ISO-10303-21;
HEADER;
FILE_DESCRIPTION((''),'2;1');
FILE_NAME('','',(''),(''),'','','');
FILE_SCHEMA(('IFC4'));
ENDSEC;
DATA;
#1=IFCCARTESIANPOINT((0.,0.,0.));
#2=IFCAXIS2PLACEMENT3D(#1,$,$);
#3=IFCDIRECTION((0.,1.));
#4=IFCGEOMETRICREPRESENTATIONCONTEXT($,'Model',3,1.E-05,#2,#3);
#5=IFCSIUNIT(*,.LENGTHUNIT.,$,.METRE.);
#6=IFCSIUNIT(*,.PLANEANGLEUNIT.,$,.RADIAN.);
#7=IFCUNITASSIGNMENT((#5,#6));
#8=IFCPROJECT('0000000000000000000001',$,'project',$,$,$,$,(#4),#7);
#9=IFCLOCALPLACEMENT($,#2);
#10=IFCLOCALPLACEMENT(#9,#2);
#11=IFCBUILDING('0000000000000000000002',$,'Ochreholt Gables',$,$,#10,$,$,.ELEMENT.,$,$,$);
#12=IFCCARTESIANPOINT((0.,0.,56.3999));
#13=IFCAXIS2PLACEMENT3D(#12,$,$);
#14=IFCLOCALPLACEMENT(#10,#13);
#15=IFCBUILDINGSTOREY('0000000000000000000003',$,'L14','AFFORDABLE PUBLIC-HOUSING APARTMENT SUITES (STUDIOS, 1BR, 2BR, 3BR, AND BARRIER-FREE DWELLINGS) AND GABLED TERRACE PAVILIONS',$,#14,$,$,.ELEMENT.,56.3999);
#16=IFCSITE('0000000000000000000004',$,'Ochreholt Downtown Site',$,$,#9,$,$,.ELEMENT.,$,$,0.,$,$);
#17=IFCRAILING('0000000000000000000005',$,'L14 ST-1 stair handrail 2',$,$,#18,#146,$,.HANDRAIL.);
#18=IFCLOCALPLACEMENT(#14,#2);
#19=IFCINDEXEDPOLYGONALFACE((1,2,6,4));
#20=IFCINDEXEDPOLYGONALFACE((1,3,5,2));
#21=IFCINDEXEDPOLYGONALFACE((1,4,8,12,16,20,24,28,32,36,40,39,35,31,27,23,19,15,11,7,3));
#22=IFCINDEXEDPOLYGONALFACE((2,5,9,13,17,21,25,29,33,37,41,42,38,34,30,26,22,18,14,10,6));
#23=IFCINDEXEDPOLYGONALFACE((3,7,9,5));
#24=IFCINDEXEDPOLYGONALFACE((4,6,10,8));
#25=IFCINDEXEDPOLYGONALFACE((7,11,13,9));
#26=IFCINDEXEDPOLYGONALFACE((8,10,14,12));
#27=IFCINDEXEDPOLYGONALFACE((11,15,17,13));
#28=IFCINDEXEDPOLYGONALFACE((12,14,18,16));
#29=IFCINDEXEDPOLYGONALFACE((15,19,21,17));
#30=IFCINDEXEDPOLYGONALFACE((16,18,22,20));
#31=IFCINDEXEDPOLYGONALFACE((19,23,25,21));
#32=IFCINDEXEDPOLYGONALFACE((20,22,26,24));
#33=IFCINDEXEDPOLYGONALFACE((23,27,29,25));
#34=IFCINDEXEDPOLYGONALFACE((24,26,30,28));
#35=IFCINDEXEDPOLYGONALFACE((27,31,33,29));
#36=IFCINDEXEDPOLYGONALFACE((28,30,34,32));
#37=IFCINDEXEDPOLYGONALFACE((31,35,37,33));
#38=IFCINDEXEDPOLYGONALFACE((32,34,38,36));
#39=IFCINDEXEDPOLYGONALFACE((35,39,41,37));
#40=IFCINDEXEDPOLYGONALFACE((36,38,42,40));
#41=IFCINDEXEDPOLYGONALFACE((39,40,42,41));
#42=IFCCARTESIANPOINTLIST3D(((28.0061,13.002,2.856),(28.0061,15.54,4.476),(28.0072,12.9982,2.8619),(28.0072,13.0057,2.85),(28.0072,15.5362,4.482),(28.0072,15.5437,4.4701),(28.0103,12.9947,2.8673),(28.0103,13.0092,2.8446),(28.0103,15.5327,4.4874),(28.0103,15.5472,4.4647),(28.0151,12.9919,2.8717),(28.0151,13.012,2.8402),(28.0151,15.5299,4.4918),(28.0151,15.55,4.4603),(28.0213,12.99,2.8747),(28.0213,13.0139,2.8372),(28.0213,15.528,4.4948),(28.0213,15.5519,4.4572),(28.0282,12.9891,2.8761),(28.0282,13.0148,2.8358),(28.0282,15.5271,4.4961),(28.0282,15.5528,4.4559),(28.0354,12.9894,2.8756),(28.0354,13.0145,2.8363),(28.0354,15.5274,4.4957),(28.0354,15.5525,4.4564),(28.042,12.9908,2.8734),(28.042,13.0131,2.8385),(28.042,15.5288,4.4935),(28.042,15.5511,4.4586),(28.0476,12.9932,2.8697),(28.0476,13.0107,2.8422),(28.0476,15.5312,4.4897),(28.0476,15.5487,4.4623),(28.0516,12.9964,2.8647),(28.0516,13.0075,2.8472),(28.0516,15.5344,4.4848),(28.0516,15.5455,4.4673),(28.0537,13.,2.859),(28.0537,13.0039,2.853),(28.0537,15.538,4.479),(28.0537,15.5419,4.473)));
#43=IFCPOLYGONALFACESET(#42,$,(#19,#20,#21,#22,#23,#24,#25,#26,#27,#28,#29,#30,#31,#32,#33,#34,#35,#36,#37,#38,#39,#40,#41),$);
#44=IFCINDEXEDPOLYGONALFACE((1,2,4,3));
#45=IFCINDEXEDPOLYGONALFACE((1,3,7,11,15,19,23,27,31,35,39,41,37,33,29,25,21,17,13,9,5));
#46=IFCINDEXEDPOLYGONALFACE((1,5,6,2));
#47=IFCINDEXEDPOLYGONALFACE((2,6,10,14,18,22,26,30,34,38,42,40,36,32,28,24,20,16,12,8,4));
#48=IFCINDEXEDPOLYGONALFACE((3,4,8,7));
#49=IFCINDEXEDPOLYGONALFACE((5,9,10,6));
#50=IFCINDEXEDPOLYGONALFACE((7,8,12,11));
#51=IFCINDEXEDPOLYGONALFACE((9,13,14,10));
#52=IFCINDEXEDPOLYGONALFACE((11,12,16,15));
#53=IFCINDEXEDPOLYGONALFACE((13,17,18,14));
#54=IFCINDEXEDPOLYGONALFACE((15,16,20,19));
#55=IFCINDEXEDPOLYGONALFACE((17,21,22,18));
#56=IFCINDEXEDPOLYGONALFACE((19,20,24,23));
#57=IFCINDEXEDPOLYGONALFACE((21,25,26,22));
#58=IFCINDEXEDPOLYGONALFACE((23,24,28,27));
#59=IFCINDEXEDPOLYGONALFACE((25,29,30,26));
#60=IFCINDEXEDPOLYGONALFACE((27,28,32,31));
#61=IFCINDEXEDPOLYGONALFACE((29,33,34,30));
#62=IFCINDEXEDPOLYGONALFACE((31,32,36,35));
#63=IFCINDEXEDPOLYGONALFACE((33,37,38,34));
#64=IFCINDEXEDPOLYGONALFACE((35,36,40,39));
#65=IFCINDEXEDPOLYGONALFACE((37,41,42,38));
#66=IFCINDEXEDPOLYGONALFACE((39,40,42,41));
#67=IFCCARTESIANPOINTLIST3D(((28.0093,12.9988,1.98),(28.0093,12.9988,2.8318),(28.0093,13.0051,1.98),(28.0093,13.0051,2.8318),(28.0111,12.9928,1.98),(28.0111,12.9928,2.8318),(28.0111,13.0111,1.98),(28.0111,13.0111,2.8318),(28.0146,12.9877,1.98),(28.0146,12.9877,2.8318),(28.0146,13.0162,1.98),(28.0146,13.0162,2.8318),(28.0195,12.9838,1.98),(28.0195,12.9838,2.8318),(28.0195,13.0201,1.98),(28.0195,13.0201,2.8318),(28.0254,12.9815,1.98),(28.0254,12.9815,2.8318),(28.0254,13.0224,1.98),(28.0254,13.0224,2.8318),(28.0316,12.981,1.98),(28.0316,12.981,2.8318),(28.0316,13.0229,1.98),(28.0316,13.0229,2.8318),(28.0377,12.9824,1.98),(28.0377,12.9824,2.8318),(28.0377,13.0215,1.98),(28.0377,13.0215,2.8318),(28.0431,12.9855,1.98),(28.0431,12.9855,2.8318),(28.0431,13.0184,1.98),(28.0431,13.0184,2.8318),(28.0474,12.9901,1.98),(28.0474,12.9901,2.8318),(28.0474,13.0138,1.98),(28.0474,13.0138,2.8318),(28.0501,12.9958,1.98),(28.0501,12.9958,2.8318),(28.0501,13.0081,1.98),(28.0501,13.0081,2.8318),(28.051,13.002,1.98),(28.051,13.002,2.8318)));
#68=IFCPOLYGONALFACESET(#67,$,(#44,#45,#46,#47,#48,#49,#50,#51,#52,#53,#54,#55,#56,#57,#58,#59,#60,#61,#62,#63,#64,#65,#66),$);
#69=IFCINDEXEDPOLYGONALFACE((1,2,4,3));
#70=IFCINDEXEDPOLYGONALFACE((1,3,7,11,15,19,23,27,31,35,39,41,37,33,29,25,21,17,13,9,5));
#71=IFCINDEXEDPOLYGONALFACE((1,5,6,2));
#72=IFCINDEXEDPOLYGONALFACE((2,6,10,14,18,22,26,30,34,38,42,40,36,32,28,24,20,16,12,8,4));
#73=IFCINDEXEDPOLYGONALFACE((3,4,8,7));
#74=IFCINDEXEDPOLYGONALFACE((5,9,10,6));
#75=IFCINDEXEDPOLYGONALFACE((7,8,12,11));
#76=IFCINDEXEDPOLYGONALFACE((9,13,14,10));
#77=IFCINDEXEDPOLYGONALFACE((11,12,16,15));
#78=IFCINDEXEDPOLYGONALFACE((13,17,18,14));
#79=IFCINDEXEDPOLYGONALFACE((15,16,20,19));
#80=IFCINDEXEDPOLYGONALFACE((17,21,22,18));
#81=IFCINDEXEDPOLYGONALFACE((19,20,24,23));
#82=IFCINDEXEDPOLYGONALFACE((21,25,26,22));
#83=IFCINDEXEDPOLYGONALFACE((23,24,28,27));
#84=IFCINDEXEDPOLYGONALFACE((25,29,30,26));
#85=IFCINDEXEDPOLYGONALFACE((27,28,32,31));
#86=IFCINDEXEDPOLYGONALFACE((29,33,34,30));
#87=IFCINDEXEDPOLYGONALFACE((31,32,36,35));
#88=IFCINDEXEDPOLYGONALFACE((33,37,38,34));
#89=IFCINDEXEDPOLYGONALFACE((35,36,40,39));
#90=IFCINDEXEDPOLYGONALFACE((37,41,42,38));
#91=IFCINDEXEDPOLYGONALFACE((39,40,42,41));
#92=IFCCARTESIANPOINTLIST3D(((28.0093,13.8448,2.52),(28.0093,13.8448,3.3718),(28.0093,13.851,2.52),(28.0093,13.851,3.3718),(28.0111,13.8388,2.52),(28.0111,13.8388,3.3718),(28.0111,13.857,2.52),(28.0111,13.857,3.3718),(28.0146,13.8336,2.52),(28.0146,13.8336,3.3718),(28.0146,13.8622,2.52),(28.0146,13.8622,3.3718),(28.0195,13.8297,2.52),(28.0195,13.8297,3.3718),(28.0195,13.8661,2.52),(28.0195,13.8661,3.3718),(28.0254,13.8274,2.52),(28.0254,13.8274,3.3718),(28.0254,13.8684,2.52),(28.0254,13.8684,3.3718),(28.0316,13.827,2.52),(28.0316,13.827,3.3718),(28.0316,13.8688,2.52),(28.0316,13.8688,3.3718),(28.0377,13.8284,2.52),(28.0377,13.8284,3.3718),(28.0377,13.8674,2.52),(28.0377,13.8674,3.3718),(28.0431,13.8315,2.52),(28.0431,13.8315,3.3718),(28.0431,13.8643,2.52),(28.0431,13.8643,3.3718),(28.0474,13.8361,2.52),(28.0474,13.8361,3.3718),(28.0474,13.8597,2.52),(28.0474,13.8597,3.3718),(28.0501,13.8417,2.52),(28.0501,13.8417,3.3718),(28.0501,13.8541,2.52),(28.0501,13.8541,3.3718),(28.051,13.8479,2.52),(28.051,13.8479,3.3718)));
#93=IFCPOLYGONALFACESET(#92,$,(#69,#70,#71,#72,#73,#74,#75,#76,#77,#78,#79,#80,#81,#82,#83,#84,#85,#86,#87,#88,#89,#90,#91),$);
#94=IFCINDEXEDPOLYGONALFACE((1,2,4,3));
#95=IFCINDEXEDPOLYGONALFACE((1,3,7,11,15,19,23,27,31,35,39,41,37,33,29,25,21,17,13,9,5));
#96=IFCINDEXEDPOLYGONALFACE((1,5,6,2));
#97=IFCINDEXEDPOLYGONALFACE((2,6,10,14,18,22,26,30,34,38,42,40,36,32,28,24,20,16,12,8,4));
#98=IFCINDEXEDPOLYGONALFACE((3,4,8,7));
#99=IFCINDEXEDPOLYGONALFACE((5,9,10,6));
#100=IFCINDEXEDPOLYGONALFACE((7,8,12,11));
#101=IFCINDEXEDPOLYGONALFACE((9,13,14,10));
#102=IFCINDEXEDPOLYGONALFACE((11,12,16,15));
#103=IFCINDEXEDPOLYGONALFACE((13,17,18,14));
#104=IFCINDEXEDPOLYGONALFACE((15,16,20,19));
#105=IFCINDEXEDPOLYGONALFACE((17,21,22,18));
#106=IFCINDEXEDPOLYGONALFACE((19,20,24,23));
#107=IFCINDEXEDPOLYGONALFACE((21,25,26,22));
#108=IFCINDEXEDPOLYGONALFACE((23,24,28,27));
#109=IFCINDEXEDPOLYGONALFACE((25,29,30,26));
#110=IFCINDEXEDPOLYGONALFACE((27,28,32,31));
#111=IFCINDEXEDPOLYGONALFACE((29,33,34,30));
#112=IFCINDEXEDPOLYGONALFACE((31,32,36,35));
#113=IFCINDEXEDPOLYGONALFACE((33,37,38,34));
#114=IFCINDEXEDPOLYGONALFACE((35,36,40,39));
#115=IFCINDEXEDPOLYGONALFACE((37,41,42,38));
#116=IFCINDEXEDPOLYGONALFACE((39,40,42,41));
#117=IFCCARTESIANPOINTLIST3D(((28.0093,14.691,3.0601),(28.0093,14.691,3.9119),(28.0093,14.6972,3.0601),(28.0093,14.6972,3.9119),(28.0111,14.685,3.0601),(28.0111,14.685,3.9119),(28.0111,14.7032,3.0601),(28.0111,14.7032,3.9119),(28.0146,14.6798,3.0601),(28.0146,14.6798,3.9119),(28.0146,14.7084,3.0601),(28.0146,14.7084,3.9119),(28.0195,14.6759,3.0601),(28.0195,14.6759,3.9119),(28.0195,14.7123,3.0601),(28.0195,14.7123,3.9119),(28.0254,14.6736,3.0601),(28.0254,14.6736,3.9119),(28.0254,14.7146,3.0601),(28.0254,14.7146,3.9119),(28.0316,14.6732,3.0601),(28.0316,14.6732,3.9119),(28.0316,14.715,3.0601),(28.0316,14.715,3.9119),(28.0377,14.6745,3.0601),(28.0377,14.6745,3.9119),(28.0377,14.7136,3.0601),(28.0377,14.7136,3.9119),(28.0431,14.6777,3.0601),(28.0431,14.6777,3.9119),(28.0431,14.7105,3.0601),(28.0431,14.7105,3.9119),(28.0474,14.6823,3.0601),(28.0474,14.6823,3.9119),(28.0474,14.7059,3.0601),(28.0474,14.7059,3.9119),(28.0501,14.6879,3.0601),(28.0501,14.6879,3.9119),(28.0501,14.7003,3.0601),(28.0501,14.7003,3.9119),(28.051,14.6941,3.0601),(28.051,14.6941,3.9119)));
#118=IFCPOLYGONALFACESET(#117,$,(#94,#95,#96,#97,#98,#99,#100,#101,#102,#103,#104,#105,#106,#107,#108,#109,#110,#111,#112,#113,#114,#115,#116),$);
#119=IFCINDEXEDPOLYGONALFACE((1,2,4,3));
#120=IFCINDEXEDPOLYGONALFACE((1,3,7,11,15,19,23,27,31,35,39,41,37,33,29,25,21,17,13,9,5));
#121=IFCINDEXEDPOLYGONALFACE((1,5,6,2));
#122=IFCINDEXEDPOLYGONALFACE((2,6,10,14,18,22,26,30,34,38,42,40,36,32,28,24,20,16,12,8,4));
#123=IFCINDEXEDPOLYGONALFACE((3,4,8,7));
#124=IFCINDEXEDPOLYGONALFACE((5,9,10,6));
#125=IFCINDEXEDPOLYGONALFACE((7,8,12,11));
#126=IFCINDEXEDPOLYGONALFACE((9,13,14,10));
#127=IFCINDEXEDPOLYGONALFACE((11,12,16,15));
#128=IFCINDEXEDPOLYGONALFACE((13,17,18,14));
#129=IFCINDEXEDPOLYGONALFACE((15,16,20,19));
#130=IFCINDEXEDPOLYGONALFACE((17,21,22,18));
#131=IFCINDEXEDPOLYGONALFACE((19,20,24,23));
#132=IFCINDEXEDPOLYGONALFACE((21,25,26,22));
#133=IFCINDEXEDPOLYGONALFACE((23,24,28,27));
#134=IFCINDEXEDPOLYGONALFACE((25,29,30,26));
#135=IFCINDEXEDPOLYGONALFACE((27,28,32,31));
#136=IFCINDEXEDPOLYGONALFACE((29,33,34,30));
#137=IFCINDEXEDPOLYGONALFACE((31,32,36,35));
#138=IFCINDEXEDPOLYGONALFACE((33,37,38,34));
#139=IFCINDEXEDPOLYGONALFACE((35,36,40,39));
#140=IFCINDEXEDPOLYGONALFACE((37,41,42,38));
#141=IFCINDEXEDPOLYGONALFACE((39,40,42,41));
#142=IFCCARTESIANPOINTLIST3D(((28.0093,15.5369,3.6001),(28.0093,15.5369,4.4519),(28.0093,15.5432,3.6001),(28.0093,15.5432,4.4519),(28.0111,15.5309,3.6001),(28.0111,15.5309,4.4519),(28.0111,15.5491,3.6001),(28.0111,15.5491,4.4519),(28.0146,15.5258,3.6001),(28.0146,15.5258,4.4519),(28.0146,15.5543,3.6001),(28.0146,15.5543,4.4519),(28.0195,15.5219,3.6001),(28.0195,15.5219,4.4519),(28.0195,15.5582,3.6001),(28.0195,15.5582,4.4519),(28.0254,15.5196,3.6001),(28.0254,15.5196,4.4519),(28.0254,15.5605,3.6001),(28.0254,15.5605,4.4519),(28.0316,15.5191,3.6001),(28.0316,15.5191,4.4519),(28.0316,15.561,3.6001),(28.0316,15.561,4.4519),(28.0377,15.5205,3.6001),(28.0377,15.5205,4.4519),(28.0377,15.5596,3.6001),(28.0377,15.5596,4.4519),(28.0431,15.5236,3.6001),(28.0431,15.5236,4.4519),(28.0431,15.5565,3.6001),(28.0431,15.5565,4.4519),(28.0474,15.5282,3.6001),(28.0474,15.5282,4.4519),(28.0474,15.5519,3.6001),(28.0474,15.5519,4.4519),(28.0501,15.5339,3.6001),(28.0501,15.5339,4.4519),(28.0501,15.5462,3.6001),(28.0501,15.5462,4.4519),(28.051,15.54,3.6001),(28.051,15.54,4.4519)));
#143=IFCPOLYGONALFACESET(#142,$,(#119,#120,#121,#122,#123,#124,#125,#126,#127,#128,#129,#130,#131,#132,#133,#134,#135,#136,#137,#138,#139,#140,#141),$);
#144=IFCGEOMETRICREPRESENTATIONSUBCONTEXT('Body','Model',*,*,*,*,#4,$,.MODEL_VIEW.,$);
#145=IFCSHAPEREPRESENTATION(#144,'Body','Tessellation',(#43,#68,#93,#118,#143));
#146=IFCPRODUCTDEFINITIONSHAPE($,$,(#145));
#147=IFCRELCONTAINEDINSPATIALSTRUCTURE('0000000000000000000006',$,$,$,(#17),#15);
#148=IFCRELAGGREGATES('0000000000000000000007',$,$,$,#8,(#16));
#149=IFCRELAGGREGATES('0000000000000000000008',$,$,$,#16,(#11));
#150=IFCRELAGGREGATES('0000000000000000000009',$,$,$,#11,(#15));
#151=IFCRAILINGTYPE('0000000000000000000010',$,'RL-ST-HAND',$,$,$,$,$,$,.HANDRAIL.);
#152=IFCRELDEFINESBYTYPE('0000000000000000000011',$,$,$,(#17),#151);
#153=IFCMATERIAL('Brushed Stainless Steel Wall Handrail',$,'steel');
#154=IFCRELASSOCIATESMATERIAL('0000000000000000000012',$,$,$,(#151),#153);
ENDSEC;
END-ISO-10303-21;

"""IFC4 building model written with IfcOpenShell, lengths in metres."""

from ifc_helpers import new_model, si_unit, direction, frame, origin, origin_2d, place, context, subcontext, project, spatial, circle, extrude, material, type_object, element, save


model = new_model("IFC4")

# Units and contexts
model_context = context("Model", 3, precision=1e-05, world=origin(), true_north=direction((0.0, 1.0)))
body_context = subcontext(model_context, "Body", "Model", "MODEL_VIEW")
ifc_project = project(units=[si_unit("LENGTHUNIT", "METRE"), si_unit("PLANEANGLEUNIT", "RADIAN")], contexts=[model_context])

# Site, building, storey
site_placement = place(None, origin())
site = spatial("IfcSite", under=ifc_project, at=site_placement, Name="Ochreholt Downtown Site", CompositionType="ELEMENT", RefElevation=0.0)
building_placement = place(site_placement, origin())
building = spatial("IfcBuilding", under=site, at=building_placement, Name="Ochreholt Gables", CompositionType="ELEMENT")
storey_placement = place(building_placement, frame((0.0, 0.0, 56.3999)))
storey = spatial("IfcBuildingStorey", under=building, at=storey_placement, Name="L14", Description="AFFORDABLE PUBLIC-HOUSING APARTMENT SUITES (STUDIOS, 1BR, 2BR, 3BR, AND BARRIER-FREE DWELLINGS) AND GABLED TERRACE PAVILIONS", CompositionType="ELEMENT", Elevation=56.3999)

# Railing
ifc_material_1 = material(Name="Brushed Stainless Steel Wall Handrail", Category="steel")
railing_type_1 = type_object("IfcRailingType", Name="RL-ST-HAND", PredefinedType="HANDRAIL", material=ifc_material_1)
railing_1_placement = place(storey_placement, frame((28.03, 13.002, 1.98)))
element("IfcRailing", 1, at=railing_1_placement, inside=storey, type_object=railing_type_1, Name="L14 ST-1 stair handrail 2", PredefinedType="HANDRAIL", context=body_context, shape_type="SweptSolid", body=[
    extrude(circle(Radius=0.0239, at=origin_2d()), frame((0.0, 0.0, 0.876), z_axis=(0.0, 0.842913, 0.53805), x_axis=(-1.0, 0.0, 0.0)), (0.0, 0.0, 1.0), 3.011),
    extrude(circle(Radius=0.021, at=origin_2d()), origin(), (0.0, 0.0, 1.0), 0.8518),
    extrude(circle(Radius=0.021, at=origin_2d()), frame((0.0, 0.8459, 0.54)), (0.0, 0.0, 1.0), 0.8518),
    extrude(circle(Radius=0.021, at=origin_2d()), frame((0.0, 1.6921, 1.0801)), (0.0, 0.0, 1.0), 0.8518),
    extrude(circle(Radius=0.021, at=origin_2d()), frame((0.0, 2.5381, 1.6201)), (0.0, 0.0, 1.0), 0.8518),
])

save(model, "model.ifc")
